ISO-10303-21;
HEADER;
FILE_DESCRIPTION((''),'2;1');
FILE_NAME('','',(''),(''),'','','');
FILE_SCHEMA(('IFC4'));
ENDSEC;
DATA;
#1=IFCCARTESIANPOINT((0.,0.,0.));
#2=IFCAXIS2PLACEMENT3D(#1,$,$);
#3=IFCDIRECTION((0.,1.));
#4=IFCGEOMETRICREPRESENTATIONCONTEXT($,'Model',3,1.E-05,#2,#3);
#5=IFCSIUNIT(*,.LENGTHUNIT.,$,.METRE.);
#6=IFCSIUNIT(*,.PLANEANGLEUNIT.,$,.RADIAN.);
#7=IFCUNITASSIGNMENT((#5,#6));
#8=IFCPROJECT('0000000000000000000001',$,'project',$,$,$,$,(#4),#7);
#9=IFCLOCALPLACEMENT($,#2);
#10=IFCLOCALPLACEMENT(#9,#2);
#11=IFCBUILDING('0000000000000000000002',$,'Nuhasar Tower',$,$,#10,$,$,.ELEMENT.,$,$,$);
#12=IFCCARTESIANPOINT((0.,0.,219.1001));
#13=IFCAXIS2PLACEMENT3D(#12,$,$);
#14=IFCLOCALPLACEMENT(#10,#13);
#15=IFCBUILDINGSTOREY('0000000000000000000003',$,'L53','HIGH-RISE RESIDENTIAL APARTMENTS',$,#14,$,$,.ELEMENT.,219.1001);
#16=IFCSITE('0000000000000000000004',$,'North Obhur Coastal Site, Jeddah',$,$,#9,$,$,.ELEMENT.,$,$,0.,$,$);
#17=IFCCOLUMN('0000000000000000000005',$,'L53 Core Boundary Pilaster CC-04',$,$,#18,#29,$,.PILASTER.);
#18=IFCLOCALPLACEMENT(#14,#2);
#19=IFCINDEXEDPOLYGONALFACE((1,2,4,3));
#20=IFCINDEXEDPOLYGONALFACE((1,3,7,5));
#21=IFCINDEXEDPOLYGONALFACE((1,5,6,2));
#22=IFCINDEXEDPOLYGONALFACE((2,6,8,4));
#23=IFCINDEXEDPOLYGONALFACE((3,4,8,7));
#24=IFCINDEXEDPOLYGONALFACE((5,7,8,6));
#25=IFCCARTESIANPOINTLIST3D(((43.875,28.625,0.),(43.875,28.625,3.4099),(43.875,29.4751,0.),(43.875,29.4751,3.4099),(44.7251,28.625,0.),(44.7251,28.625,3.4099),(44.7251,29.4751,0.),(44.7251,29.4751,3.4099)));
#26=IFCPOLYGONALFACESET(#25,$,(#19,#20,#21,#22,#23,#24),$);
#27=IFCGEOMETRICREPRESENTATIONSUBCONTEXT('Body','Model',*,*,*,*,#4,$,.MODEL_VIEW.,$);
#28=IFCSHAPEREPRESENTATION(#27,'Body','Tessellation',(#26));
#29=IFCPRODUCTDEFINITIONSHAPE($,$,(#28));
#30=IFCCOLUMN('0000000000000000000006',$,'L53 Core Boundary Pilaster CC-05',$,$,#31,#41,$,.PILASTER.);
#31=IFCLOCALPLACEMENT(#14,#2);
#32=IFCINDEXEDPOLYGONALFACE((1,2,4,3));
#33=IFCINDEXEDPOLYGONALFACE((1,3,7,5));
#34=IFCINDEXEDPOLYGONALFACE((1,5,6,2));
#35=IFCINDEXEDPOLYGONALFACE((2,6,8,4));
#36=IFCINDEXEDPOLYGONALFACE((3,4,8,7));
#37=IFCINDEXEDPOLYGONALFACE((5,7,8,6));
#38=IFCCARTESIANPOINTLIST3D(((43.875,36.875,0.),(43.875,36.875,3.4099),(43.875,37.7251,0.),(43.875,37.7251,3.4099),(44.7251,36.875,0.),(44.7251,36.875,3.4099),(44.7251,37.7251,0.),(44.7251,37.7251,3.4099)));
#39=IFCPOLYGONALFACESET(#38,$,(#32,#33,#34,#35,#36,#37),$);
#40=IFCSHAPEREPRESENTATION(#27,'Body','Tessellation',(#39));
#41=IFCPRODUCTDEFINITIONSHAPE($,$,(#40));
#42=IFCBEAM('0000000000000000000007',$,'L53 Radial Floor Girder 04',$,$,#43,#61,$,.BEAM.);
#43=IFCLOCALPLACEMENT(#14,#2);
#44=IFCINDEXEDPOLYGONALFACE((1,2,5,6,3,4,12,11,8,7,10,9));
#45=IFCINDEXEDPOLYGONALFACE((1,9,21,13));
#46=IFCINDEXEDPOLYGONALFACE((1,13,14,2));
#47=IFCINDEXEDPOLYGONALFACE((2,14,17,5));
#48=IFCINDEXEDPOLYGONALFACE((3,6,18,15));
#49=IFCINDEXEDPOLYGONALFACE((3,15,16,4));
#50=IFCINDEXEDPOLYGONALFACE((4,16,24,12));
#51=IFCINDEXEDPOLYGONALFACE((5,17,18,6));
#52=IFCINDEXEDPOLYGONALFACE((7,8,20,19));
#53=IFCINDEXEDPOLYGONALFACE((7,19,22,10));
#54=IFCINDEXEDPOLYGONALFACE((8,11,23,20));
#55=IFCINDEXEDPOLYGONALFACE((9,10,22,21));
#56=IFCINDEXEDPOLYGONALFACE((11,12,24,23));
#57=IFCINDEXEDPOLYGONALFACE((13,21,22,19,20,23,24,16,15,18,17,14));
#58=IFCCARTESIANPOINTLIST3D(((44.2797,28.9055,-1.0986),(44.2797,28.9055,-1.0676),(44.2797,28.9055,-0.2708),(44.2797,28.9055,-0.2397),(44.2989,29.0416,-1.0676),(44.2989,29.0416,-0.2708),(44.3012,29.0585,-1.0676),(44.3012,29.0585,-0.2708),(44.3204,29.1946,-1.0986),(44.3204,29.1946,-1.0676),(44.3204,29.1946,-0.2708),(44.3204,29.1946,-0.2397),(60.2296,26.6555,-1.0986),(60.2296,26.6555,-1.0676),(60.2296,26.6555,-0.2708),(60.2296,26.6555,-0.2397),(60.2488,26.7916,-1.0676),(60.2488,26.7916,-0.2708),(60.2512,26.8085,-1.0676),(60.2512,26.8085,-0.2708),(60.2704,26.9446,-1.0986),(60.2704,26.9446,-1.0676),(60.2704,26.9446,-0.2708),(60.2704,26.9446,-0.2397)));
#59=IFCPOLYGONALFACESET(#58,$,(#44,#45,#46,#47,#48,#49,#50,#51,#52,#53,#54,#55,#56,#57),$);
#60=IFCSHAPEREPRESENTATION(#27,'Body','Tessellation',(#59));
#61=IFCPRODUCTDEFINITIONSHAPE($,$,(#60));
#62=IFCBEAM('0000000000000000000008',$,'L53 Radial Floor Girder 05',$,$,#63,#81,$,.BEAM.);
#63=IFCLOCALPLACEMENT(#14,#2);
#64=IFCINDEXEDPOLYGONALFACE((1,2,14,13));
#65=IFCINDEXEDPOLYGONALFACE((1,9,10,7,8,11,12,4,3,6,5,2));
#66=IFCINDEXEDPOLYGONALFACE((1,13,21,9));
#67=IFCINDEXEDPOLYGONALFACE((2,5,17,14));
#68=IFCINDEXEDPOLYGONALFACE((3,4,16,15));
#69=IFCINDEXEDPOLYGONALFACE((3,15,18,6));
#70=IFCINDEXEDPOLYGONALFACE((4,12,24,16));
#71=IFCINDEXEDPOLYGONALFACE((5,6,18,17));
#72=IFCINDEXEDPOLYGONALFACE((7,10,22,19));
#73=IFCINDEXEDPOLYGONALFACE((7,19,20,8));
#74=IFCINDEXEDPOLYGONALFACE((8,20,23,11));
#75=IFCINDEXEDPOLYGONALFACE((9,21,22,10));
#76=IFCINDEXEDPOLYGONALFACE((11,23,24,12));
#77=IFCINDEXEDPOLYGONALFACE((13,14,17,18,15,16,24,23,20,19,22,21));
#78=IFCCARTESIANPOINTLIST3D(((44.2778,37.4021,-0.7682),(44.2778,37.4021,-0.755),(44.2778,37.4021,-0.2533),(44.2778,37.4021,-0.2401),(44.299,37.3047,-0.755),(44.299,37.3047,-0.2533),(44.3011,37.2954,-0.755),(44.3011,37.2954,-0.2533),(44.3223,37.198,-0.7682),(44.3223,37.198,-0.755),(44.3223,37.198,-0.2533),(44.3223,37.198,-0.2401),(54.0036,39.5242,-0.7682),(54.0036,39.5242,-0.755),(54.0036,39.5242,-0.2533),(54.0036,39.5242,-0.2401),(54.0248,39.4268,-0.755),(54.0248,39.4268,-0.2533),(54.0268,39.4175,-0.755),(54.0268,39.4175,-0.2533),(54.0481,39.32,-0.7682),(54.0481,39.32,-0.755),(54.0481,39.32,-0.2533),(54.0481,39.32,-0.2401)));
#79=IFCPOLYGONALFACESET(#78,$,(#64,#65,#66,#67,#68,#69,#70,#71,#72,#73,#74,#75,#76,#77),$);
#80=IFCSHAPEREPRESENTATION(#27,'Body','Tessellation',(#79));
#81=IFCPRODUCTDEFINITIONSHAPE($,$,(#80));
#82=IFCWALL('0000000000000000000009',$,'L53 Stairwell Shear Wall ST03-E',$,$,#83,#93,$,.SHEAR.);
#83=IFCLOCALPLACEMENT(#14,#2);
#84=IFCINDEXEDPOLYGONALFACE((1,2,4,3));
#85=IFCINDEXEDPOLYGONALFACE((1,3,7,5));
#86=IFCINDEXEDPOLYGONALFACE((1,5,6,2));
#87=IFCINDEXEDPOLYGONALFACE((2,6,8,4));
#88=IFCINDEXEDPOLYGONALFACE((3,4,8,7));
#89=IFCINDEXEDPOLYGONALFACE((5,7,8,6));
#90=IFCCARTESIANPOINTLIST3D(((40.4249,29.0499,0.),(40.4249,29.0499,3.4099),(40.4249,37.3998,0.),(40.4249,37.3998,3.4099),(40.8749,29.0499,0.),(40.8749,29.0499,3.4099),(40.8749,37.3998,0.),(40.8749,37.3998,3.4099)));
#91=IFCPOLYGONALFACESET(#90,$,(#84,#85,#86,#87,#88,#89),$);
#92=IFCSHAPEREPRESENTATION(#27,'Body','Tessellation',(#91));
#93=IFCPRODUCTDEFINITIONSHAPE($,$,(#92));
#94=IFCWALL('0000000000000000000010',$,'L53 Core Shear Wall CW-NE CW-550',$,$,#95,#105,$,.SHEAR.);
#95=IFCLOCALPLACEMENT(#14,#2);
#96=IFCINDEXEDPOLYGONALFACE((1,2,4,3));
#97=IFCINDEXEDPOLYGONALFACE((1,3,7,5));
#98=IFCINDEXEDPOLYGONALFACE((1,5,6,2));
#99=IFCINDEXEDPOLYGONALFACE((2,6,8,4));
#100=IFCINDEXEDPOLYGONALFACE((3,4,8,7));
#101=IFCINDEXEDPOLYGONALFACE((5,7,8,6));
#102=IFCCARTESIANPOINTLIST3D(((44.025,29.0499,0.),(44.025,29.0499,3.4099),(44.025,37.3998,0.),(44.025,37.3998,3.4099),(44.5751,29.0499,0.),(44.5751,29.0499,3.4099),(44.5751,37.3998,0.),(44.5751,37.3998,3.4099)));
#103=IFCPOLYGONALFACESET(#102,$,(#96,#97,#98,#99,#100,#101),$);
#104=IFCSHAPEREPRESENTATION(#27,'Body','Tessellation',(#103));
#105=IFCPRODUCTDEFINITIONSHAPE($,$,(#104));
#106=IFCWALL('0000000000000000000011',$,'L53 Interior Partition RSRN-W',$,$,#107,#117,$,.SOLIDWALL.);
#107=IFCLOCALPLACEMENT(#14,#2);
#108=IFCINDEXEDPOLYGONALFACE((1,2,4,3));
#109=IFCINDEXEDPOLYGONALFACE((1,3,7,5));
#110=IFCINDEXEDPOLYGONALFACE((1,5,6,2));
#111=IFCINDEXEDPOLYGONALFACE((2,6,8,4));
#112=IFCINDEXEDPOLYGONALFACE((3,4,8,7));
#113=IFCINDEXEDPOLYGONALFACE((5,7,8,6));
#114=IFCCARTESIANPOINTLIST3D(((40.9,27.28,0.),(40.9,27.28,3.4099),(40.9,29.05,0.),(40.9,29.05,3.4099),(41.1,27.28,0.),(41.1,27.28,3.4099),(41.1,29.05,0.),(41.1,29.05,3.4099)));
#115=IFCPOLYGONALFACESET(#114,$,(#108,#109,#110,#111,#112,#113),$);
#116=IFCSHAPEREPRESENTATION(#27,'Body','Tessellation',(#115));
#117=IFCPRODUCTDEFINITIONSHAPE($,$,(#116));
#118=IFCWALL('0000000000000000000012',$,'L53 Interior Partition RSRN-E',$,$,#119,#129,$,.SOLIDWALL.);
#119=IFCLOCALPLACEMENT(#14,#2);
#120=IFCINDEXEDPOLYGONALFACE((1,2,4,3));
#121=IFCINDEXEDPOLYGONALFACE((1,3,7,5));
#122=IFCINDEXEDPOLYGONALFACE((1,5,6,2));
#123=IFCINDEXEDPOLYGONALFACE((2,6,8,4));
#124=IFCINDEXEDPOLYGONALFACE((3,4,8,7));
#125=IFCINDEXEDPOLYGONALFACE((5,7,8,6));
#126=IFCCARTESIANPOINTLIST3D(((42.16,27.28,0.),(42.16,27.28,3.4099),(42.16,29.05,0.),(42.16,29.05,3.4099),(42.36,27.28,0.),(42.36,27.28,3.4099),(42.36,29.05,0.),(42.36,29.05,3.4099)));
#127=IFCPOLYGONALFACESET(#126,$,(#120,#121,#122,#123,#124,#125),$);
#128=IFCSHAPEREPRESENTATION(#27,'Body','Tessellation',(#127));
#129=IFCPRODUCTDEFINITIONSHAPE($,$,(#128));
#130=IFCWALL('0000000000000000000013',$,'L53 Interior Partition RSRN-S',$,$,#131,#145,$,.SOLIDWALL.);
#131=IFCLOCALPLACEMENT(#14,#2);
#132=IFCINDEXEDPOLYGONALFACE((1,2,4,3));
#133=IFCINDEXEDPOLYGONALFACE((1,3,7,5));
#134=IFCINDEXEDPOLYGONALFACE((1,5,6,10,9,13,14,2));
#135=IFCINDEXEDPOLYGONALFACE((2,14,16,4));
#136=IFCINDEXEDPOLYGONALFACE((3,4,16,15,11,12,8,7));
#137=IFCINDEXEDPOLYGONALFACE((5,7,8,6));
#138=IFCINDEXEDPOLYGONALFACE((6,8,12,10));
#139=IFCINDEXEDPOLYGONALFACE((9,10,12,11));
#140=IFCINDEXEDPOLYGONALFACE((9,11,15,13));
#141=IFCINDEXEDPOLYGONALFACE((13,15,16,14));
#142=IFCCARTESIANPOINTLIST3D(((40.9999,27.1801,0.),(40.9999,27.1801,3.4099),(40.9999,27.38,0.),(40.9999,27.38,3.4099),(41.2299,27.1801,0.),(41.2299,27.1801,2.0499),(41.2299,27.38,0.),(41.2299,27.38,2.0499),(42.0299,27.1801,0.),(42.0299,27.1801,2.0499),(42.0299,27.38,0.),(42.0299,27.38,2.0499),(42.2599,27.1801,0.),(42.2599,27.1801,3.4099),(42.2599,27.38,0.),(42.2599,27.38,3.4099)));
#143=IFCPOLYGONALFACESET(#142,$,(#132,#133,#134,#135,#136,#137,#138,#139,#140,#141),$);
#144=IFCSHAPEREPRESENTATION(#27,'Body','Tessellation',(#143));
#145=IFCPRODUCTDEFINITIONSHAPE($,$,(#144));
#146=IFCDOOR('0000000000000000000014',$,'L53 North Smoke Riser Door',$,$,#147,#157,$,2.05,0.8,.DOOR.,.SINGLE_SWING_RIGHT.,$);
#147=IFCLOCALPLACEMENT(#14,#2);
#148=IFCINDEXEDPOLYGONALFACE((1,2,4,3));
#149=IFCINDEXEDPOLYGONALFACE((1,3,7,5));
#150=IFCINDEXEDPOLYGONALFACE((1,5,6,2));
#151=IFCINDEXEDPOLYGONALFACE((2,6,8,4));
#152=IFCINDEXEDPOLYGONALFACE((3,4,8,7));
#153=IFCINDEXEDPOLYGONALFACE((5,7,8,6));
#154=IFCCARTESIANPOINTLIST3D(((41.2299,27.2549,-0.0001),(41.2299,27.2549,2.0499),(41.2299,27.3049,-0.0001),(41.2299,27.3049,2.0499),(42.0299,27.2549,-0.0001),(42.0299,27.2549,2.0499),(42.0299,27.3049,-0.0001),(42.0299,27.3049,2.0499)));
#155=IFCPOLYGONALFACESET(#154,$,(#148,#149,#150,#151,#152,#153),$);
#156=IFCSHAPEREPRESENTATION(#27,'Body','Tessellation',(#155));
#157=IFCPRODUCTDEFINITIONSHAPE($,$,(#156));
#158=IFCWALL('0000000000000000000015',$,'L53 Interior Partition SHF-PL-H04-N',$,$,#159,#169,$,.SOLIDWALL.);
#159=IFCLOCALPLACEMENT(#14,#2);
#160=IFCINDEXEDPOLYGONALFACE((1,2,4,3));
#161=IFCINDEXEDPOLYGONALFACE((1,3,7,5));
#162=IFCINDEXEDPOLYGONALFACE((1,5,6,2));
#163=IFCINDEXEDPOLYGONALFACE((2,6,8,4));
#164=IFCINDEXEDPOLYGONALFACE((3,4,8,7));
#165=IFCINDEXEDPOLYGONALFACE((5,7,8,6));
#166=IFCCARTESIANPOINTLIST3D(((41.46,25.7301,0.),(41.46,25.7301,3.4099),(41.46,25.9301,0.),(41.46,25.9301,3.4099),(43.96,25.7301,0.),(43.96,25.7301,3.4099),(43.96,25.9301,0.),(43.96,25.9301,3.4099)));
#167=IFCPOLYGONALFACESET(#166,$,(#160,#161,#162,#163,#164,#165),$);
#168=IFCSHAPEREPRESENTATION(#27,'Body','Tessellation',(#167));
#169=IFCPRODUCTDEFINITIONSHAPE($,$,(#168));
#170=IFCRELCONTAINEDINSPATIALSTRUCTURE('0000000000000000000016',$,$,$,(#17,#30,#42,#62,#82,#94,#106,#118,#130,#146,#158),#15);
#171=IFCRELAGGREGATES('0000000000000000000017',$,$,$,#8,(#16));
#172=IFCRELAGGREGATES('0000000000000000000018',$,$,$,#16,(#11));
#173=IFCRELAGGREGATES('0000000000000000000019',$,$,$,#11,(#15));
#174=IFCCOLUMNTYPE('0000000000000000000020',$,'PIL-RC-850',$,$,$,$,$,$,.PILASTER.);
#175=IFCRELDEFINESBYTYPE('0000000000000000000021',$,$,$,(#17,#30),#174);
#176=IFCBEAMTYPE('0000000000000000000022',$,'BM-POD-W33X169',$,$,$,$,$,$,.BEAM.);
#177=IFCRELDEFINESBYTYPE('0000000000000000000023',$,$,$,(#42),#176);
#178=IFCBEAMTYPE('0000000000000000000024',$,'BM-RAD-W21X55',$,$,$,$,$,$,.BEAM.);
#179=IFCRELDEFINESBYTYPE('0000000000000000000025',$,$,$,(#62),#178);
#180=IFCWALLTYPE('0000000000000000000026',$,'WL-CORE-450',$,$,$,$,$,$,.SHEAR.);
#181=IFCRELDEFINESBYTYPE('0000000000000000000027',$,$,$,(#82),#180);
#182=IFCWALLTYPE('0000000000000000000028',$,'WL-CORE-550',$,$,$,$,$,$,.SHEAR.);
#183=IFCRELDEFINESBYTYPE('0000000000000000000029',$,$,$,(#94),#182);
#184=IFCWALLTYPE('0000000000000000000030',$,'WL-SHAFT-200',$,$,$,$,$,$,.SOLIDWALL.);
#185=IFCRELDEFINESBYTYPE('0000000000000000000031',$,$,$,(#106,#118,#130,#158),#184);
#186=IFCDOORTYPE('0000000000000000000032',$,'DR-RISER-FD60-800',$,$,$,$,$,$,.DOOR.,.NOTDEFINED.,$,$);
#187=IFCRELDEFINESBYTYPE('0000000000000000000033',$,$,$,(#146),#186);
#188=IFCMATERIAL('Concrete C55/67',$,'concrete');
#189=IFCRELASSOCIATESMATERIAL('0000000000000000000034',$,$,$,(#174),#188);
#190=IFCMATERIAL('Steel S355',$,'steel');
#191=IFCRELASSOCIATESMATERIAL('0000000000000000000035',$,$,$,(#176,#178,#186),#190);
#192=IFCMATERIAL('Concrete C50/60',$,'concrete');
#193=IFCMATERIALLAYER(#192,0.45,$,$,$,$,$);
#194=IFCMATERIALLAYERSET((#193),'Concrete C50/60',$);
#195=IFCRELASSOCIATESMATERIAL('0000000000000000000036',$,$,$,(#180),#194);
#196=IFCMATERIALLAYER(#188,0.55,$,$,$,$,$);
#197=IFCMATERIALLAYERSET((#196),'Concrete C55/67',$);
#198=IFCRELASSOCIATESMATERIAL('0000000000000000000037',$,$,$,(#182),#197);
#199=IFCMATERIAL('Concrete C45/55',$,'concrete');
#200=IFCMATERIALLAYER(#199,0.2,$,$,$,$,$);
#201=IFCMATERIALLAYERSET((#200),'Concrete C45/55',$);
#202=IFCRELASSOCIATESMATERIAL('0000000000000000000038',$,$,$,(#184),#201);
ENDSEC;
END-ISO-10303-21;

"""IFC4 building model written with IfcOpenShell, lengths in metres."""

from ifc_helpers import new_model, si_unit, direction, frame, frame_2d, origin, origin_2d, place, context, subcontext, project, spatial, rectangle, i_section, extrude, material, layer, layer_set, material_profile, profile_set, type_object, element, fill, save


model = new_model("IFC4")

# Units and contexts
model_context = context("Model", 3, precision=1e-05, world=origin(), true_north=direction((0.0, 1.0)))
body_context = subcontext(model_context, "Body", "Model", "MODEL_VIEW")
ifc_project = project(units=[si_unit("LENGTHUNIT", "METRE"), si_unit("PLANEANGLEUNIT", "RADIAN")], contexts=[model_context])

# Site, building, storey
site_placement = place(None, origin())
site = spatial("IfcSite", under=ifc_project, at=site_placement, Name="North Obhur Coastal Site, Jeddah", CompositionType="ELEMENT", RefElevation=0.0)
building_placement = place(site_placement, origin())
building = spatial("IfcBuilding", under=site, at=building_placement, Name="Nuhasar Tower", CompositionType="ELEMENT")
storey_placement = place(building_placement, frame((0.0, 0.0, 219.1001)))
storey = spatial("IfcBuildingStorey", under=building, at=storey_placement, Name="L53", Description="HIGH-RISE RESIDENTIAL APARTMENTS", CompositionType="ELEMENT", Elevation=219.1001)

# Columns
ifc_material_1 = material(Name="Concrete C55/67", Category="concrete")
ifc_material_profile_1 = material_profile(ifc_material_1, rectangle(XDim=0.8501, YDim=0.8501, at=origin_2d()), Name="RC850X850")
ifc_profile_set_1 = profile_set([ifc_material_profile_1], Name="Concrete C55/67")
column_type = type_object("IfcColumnType", Name="PIL-RC-850", PredefinedType="PILASTER", material=ifc_profile_set_1)
for number, where, z_axis, x_axis, name in (
    (1, (44.3, 29.05, 0.0), (0.0, 0.0, 1.0), (1.0, 0.0, 0.0), "L53 Core Boundary Pilaster CC-04"),
    (2, (44.3, 37.3, 0.0), (0.0, 0.0, 1.0), (1.0, 0.0, 0.0), "L53 Core Boundary Pilaster CC-05"),
):
    element("IfcColumn", number, at=place(storey_placement, frame(where, z_axis=z_axis, x_axis=x_axis)), inside=storey, type_object=column_type, Name=name, PredefinedType="PILASTER", context=body_context, shape_type="SweptSolid", body=[
        extrude(rectangle(XDim=0.8501, YDim=0.8501, at=origin_2d()), origin(), (0.0, 0.0, 1.0), 3.4099),
    ])

# Beams
ifc_material_2 = material(Name="Steel S355", Category="steel")
ifc_material_profile_2 = material_profile(ifc_material_2, i_section(OverallWidth=0.292, OverallDepth=0.8589, WebThickness=0.0171, FlangeThickness=0.031, at=origin_2d()), Name="W33X169")
ifc_profile_set_2 = profile_set([ifc_material_profile_2], Name="Steel S355")
beam_type_1 = type_object("IfcBeamType", Name="BM-POD-W33X169", PredefinedType="BEAM", material=ifc_profile_set_2)
beam_1_placement = place(storey_placement, frame((44.3, 29.05, -0.6692), z_axis=(0.990196, -0.139683, 0.0), x_axis=(0.139683, 0.990196, 0.0)))
element("IfcBeam", 3, at=beam_1_placement, inside=storey, type_object=beam_type_1, Name="L53 Radial Floor Girder 04", PredefinedType="BEAM", context=body_context, shape_type="SweptSolid", body=[
    extrude(i_section(OverallWidth=0.292, OverallDepth=0.8589, WebThickness=0.0171, FlangeThickness=0.031, at=origin_2d()), origin(), (0.0, 0.0, 1.0), 16.1079),
])
ifc_material_profile_3 = material_profile(ifc_material_2, i_section(OverallWidth=0.209, OverallDepth=0.5281, WebThickness=0.0095, FlangeThickness=0.0132, at=origin_2d()), Name="W21X55")
ifc_profile_set_3 = profile_set([ifc_material_profile_3], Name="Steel S355")
beam_type_2 = type_object("IfcBeamType", Name="BM-RAD-W21X55", PredefinedType="BEAM", material=ifc_profile_set_3)
beam_2_placement = place(storey_placement, frame((44.3, 37.3, -0.5042), z_axis=(0.977014, 0.213174, 0.0), x_axis=(-0.213174, 0.977014, 0.0)))
element("IfcBeam", 4, at=beam_2_placement, inside=storey, type_object=beam_type_2, Name="L53 Radial Floor Girder 05", PredefinedType="BEAM", context=body_context, shape_type="SweptSolid", body=[
    extrude(i_section(OverallWidth=0.209, OverallDepth=0.5281, WebThickness=0.0095, FlangeThickness=0.0132, at=origin_2d()), origin(), (0.0, 0.0, 1.0), 9.9546),
])

# Shared definitions
ifc_material_3 = material(Name="Concrete C50/60", Category="concrete")
ifc_layer_1 = layer(ifc_material_3, 0.45)
ifc_layer_set_1 = layer_set([ifc_layer_1], Name="Concrete C50/60")
wall_type_1 = type_object("IfcWallType", Name="WL-CORE-450", PredefinedType="SHEAR", material=ifc_layer_set_1)

# Wall
wall_1_placement = place(storey_placement, frame((40.6499, 29.05, 0.0), z_axis=(0.0, 0.0, 1.0), x_axis=(0.0, 1.0, 0.0)))
element("IfcWall", 5, at=wall_1_placement, inside=storey, type_object=wall_type_1, Name="L53 Stairwell Shear Wall ST03-E", PredefinedType="SHEAR", context=body_context, shape_type="SweptSolid", body=[
    extrude(rectangle(XDim=8.3499, YDim=0.45, at=frame_2d((4.1748, 0.0))), origin(), (0.0, 0.0, 1.0), 3.4099),
])

# Walls
ifc_layer_2 = layer(ifc_material_1, 0.55)
ifc_layer_set_2 = layer_set([ifc_layer_2], Name="Concrete C55/67")
wall_type_2 = type_object("IfcWallType", Name="WL-CORE-550", PredefinedType="SHEAR", material=ifc_layer_set_2)
wall_2_placement = place(storey_placement, frame((44.3, 29.05, 0.0), z_axis=(0.0, 0.0, 1.0), x_axis=(0.0, 1.0, 0.0)))
element("IfcWall", 6, at=wall_2_placement, inside=storey, type_object=wall_type_2, Name="L53 Core Shear Wall CW-NE CW-550", PredefinedType="SHEAR", context=body_context, shape_type="SweptSolid", body=[
    extrude(rectangle(XDim=8.3499, YDim=0.55, at=frame_2d((4.1748, 0.0))), origin(), (0.0, 0.0, 1.0), 3.4099),
])
ifc_material_4 = material(Name="Concrete C45/55", Category="concrete")
ifc_layer_3 = layer(ifc_material_4, 0.2)
ifc_layer_set_3 = layer_set([ifc_layer_3], Name="Concrete C45/55")
wall_type_3 = type_object("IfcWallType", Name="WL-SHAFT-200", PredefinedType="SOLIDWALL", material=ifc_layer_set_3)
for number, where, z_axis, x_axis, name in (
    (7, (41.0, 27.28, 0.0), (0.0, 0.0, 1.0), (0.0, 1.0, 0.0), "L53 Interior Partition RSRN-W"),
    (8, (42.26, 27.28, 0.0), (0.0, 0.0, 1.0), (0.0, 1.0, 0.0), "L53 Interior Partition RSRN-E"),
):
    element("IfcWall", number, at=place(storey_placement, frame(where, z_axis=z_axis, x_axis=x_axis)), inside=storey, type_object=wall_type_3, Name=name, PredefinedType="SOLIDWALL", context=body_context, shape_type="SweptSolid", body=[
        extrude(rectangle(XDim=1.77, YDim=0.2, at=frame_2d((0.885, 0.0))), origin(), (0.0, 0.0, 1.0), 3.4099),
    ])

# Wall, opening, door
wall_3_placement = place(storey_placement, frame((41.0, 27.28, 0.0), z_axis=(0.0, 0.0, 1.0), x_axis=(1.0, 0.0, 0.0)))
wall_3 = element("IfcWall", 9, at=wall_3_placement, inside=storey, type_object=wall_type_3, Name="L53 Interior Partition RSRN-S", PredefinedType="SOLIDWALL", context=body_context, shape_type="SweptSolid", body=[
    extrude(rectangle(XDim=1.26, YDim=0.2, at=frame_2d((0.6299, 0.0))), origin(), (0.0, 0.0, 1.0), 3.4099),
])
opening_1_placement = place(wall_3_placement, frame((0.23, 0.0, 0.0)))
opening_1 = element("IfcOpeningElement", 10, at=opening_1_placement, cuts=wall_3, PredefinedType="OPENING", context=body_context, shape_type="SweptSolid", body=[
    extrude(rectangle(XDim=0.8, YDim=2.05, at=frame_2d((0.3999, 1.0249))), frame((0.0, 0.1099, 0.0), z_axis=(0.0, -1.0, 0.0), x_axis=(1.0, 0.0, 0.0)), (0.0, 0.0, 1.0), 0.22),
])
door_type_1 = type_object("IfcDoorType", Name="DR-RISER-FD60-800", OperationType="NOTDEFINED", PredefinedType="DOOR", material=ifc_material_2)
door_1_placement = place(opening_1_placement, origin())
door_1 = element("IfcDoor", 11, at=door_1_placement, inside=storey, type_object=door_type_1, Name="L53 North Smoke Riser Door", OperationType="SINGLE_SWING_RIGHT", OverallHeight=2.05, OverallWidth=0.8, PredefinedType="DOOR", context=body_context, shape_type="SweptSolid", body=[
    extrude(rectangle(XDim=0.8, YDim=2.05, at=frame_2d((0.3999, 1.0249))), frame((0.0, 0.0249, 0.0), z_axis=(0.0, -1.0, 0.0), x_axis=(1.0, 0.0, 0.0)), (0.0, 0.0, 1.0), 0.05),
])
fill(opening_1, door_1)

# Wall
wall_4_placement = place(storey_placement, frame((41.46, 25.8301, 0.0), z_axis=(0.0, 0.0, 1.0), x_axis=(1.0, 0.0, 0.0)))
element("IfcWall", 12, at=wall_4_placement, inside=storey, type_object=wall_type_3, Name="L53 Interior Partition SHF-PL-H04-N", PredefinedType="SOLIDWALL", context=body_context, shape_type="SweptSolid", body=[
    extrude(rectangle(XDim=2.5, YDim=0.2, at=frame_2d((1.25, 0.0))), origin(), (0.0, 0.0, 1.0), 3.4099),
])

save(model, "model.ifc")
